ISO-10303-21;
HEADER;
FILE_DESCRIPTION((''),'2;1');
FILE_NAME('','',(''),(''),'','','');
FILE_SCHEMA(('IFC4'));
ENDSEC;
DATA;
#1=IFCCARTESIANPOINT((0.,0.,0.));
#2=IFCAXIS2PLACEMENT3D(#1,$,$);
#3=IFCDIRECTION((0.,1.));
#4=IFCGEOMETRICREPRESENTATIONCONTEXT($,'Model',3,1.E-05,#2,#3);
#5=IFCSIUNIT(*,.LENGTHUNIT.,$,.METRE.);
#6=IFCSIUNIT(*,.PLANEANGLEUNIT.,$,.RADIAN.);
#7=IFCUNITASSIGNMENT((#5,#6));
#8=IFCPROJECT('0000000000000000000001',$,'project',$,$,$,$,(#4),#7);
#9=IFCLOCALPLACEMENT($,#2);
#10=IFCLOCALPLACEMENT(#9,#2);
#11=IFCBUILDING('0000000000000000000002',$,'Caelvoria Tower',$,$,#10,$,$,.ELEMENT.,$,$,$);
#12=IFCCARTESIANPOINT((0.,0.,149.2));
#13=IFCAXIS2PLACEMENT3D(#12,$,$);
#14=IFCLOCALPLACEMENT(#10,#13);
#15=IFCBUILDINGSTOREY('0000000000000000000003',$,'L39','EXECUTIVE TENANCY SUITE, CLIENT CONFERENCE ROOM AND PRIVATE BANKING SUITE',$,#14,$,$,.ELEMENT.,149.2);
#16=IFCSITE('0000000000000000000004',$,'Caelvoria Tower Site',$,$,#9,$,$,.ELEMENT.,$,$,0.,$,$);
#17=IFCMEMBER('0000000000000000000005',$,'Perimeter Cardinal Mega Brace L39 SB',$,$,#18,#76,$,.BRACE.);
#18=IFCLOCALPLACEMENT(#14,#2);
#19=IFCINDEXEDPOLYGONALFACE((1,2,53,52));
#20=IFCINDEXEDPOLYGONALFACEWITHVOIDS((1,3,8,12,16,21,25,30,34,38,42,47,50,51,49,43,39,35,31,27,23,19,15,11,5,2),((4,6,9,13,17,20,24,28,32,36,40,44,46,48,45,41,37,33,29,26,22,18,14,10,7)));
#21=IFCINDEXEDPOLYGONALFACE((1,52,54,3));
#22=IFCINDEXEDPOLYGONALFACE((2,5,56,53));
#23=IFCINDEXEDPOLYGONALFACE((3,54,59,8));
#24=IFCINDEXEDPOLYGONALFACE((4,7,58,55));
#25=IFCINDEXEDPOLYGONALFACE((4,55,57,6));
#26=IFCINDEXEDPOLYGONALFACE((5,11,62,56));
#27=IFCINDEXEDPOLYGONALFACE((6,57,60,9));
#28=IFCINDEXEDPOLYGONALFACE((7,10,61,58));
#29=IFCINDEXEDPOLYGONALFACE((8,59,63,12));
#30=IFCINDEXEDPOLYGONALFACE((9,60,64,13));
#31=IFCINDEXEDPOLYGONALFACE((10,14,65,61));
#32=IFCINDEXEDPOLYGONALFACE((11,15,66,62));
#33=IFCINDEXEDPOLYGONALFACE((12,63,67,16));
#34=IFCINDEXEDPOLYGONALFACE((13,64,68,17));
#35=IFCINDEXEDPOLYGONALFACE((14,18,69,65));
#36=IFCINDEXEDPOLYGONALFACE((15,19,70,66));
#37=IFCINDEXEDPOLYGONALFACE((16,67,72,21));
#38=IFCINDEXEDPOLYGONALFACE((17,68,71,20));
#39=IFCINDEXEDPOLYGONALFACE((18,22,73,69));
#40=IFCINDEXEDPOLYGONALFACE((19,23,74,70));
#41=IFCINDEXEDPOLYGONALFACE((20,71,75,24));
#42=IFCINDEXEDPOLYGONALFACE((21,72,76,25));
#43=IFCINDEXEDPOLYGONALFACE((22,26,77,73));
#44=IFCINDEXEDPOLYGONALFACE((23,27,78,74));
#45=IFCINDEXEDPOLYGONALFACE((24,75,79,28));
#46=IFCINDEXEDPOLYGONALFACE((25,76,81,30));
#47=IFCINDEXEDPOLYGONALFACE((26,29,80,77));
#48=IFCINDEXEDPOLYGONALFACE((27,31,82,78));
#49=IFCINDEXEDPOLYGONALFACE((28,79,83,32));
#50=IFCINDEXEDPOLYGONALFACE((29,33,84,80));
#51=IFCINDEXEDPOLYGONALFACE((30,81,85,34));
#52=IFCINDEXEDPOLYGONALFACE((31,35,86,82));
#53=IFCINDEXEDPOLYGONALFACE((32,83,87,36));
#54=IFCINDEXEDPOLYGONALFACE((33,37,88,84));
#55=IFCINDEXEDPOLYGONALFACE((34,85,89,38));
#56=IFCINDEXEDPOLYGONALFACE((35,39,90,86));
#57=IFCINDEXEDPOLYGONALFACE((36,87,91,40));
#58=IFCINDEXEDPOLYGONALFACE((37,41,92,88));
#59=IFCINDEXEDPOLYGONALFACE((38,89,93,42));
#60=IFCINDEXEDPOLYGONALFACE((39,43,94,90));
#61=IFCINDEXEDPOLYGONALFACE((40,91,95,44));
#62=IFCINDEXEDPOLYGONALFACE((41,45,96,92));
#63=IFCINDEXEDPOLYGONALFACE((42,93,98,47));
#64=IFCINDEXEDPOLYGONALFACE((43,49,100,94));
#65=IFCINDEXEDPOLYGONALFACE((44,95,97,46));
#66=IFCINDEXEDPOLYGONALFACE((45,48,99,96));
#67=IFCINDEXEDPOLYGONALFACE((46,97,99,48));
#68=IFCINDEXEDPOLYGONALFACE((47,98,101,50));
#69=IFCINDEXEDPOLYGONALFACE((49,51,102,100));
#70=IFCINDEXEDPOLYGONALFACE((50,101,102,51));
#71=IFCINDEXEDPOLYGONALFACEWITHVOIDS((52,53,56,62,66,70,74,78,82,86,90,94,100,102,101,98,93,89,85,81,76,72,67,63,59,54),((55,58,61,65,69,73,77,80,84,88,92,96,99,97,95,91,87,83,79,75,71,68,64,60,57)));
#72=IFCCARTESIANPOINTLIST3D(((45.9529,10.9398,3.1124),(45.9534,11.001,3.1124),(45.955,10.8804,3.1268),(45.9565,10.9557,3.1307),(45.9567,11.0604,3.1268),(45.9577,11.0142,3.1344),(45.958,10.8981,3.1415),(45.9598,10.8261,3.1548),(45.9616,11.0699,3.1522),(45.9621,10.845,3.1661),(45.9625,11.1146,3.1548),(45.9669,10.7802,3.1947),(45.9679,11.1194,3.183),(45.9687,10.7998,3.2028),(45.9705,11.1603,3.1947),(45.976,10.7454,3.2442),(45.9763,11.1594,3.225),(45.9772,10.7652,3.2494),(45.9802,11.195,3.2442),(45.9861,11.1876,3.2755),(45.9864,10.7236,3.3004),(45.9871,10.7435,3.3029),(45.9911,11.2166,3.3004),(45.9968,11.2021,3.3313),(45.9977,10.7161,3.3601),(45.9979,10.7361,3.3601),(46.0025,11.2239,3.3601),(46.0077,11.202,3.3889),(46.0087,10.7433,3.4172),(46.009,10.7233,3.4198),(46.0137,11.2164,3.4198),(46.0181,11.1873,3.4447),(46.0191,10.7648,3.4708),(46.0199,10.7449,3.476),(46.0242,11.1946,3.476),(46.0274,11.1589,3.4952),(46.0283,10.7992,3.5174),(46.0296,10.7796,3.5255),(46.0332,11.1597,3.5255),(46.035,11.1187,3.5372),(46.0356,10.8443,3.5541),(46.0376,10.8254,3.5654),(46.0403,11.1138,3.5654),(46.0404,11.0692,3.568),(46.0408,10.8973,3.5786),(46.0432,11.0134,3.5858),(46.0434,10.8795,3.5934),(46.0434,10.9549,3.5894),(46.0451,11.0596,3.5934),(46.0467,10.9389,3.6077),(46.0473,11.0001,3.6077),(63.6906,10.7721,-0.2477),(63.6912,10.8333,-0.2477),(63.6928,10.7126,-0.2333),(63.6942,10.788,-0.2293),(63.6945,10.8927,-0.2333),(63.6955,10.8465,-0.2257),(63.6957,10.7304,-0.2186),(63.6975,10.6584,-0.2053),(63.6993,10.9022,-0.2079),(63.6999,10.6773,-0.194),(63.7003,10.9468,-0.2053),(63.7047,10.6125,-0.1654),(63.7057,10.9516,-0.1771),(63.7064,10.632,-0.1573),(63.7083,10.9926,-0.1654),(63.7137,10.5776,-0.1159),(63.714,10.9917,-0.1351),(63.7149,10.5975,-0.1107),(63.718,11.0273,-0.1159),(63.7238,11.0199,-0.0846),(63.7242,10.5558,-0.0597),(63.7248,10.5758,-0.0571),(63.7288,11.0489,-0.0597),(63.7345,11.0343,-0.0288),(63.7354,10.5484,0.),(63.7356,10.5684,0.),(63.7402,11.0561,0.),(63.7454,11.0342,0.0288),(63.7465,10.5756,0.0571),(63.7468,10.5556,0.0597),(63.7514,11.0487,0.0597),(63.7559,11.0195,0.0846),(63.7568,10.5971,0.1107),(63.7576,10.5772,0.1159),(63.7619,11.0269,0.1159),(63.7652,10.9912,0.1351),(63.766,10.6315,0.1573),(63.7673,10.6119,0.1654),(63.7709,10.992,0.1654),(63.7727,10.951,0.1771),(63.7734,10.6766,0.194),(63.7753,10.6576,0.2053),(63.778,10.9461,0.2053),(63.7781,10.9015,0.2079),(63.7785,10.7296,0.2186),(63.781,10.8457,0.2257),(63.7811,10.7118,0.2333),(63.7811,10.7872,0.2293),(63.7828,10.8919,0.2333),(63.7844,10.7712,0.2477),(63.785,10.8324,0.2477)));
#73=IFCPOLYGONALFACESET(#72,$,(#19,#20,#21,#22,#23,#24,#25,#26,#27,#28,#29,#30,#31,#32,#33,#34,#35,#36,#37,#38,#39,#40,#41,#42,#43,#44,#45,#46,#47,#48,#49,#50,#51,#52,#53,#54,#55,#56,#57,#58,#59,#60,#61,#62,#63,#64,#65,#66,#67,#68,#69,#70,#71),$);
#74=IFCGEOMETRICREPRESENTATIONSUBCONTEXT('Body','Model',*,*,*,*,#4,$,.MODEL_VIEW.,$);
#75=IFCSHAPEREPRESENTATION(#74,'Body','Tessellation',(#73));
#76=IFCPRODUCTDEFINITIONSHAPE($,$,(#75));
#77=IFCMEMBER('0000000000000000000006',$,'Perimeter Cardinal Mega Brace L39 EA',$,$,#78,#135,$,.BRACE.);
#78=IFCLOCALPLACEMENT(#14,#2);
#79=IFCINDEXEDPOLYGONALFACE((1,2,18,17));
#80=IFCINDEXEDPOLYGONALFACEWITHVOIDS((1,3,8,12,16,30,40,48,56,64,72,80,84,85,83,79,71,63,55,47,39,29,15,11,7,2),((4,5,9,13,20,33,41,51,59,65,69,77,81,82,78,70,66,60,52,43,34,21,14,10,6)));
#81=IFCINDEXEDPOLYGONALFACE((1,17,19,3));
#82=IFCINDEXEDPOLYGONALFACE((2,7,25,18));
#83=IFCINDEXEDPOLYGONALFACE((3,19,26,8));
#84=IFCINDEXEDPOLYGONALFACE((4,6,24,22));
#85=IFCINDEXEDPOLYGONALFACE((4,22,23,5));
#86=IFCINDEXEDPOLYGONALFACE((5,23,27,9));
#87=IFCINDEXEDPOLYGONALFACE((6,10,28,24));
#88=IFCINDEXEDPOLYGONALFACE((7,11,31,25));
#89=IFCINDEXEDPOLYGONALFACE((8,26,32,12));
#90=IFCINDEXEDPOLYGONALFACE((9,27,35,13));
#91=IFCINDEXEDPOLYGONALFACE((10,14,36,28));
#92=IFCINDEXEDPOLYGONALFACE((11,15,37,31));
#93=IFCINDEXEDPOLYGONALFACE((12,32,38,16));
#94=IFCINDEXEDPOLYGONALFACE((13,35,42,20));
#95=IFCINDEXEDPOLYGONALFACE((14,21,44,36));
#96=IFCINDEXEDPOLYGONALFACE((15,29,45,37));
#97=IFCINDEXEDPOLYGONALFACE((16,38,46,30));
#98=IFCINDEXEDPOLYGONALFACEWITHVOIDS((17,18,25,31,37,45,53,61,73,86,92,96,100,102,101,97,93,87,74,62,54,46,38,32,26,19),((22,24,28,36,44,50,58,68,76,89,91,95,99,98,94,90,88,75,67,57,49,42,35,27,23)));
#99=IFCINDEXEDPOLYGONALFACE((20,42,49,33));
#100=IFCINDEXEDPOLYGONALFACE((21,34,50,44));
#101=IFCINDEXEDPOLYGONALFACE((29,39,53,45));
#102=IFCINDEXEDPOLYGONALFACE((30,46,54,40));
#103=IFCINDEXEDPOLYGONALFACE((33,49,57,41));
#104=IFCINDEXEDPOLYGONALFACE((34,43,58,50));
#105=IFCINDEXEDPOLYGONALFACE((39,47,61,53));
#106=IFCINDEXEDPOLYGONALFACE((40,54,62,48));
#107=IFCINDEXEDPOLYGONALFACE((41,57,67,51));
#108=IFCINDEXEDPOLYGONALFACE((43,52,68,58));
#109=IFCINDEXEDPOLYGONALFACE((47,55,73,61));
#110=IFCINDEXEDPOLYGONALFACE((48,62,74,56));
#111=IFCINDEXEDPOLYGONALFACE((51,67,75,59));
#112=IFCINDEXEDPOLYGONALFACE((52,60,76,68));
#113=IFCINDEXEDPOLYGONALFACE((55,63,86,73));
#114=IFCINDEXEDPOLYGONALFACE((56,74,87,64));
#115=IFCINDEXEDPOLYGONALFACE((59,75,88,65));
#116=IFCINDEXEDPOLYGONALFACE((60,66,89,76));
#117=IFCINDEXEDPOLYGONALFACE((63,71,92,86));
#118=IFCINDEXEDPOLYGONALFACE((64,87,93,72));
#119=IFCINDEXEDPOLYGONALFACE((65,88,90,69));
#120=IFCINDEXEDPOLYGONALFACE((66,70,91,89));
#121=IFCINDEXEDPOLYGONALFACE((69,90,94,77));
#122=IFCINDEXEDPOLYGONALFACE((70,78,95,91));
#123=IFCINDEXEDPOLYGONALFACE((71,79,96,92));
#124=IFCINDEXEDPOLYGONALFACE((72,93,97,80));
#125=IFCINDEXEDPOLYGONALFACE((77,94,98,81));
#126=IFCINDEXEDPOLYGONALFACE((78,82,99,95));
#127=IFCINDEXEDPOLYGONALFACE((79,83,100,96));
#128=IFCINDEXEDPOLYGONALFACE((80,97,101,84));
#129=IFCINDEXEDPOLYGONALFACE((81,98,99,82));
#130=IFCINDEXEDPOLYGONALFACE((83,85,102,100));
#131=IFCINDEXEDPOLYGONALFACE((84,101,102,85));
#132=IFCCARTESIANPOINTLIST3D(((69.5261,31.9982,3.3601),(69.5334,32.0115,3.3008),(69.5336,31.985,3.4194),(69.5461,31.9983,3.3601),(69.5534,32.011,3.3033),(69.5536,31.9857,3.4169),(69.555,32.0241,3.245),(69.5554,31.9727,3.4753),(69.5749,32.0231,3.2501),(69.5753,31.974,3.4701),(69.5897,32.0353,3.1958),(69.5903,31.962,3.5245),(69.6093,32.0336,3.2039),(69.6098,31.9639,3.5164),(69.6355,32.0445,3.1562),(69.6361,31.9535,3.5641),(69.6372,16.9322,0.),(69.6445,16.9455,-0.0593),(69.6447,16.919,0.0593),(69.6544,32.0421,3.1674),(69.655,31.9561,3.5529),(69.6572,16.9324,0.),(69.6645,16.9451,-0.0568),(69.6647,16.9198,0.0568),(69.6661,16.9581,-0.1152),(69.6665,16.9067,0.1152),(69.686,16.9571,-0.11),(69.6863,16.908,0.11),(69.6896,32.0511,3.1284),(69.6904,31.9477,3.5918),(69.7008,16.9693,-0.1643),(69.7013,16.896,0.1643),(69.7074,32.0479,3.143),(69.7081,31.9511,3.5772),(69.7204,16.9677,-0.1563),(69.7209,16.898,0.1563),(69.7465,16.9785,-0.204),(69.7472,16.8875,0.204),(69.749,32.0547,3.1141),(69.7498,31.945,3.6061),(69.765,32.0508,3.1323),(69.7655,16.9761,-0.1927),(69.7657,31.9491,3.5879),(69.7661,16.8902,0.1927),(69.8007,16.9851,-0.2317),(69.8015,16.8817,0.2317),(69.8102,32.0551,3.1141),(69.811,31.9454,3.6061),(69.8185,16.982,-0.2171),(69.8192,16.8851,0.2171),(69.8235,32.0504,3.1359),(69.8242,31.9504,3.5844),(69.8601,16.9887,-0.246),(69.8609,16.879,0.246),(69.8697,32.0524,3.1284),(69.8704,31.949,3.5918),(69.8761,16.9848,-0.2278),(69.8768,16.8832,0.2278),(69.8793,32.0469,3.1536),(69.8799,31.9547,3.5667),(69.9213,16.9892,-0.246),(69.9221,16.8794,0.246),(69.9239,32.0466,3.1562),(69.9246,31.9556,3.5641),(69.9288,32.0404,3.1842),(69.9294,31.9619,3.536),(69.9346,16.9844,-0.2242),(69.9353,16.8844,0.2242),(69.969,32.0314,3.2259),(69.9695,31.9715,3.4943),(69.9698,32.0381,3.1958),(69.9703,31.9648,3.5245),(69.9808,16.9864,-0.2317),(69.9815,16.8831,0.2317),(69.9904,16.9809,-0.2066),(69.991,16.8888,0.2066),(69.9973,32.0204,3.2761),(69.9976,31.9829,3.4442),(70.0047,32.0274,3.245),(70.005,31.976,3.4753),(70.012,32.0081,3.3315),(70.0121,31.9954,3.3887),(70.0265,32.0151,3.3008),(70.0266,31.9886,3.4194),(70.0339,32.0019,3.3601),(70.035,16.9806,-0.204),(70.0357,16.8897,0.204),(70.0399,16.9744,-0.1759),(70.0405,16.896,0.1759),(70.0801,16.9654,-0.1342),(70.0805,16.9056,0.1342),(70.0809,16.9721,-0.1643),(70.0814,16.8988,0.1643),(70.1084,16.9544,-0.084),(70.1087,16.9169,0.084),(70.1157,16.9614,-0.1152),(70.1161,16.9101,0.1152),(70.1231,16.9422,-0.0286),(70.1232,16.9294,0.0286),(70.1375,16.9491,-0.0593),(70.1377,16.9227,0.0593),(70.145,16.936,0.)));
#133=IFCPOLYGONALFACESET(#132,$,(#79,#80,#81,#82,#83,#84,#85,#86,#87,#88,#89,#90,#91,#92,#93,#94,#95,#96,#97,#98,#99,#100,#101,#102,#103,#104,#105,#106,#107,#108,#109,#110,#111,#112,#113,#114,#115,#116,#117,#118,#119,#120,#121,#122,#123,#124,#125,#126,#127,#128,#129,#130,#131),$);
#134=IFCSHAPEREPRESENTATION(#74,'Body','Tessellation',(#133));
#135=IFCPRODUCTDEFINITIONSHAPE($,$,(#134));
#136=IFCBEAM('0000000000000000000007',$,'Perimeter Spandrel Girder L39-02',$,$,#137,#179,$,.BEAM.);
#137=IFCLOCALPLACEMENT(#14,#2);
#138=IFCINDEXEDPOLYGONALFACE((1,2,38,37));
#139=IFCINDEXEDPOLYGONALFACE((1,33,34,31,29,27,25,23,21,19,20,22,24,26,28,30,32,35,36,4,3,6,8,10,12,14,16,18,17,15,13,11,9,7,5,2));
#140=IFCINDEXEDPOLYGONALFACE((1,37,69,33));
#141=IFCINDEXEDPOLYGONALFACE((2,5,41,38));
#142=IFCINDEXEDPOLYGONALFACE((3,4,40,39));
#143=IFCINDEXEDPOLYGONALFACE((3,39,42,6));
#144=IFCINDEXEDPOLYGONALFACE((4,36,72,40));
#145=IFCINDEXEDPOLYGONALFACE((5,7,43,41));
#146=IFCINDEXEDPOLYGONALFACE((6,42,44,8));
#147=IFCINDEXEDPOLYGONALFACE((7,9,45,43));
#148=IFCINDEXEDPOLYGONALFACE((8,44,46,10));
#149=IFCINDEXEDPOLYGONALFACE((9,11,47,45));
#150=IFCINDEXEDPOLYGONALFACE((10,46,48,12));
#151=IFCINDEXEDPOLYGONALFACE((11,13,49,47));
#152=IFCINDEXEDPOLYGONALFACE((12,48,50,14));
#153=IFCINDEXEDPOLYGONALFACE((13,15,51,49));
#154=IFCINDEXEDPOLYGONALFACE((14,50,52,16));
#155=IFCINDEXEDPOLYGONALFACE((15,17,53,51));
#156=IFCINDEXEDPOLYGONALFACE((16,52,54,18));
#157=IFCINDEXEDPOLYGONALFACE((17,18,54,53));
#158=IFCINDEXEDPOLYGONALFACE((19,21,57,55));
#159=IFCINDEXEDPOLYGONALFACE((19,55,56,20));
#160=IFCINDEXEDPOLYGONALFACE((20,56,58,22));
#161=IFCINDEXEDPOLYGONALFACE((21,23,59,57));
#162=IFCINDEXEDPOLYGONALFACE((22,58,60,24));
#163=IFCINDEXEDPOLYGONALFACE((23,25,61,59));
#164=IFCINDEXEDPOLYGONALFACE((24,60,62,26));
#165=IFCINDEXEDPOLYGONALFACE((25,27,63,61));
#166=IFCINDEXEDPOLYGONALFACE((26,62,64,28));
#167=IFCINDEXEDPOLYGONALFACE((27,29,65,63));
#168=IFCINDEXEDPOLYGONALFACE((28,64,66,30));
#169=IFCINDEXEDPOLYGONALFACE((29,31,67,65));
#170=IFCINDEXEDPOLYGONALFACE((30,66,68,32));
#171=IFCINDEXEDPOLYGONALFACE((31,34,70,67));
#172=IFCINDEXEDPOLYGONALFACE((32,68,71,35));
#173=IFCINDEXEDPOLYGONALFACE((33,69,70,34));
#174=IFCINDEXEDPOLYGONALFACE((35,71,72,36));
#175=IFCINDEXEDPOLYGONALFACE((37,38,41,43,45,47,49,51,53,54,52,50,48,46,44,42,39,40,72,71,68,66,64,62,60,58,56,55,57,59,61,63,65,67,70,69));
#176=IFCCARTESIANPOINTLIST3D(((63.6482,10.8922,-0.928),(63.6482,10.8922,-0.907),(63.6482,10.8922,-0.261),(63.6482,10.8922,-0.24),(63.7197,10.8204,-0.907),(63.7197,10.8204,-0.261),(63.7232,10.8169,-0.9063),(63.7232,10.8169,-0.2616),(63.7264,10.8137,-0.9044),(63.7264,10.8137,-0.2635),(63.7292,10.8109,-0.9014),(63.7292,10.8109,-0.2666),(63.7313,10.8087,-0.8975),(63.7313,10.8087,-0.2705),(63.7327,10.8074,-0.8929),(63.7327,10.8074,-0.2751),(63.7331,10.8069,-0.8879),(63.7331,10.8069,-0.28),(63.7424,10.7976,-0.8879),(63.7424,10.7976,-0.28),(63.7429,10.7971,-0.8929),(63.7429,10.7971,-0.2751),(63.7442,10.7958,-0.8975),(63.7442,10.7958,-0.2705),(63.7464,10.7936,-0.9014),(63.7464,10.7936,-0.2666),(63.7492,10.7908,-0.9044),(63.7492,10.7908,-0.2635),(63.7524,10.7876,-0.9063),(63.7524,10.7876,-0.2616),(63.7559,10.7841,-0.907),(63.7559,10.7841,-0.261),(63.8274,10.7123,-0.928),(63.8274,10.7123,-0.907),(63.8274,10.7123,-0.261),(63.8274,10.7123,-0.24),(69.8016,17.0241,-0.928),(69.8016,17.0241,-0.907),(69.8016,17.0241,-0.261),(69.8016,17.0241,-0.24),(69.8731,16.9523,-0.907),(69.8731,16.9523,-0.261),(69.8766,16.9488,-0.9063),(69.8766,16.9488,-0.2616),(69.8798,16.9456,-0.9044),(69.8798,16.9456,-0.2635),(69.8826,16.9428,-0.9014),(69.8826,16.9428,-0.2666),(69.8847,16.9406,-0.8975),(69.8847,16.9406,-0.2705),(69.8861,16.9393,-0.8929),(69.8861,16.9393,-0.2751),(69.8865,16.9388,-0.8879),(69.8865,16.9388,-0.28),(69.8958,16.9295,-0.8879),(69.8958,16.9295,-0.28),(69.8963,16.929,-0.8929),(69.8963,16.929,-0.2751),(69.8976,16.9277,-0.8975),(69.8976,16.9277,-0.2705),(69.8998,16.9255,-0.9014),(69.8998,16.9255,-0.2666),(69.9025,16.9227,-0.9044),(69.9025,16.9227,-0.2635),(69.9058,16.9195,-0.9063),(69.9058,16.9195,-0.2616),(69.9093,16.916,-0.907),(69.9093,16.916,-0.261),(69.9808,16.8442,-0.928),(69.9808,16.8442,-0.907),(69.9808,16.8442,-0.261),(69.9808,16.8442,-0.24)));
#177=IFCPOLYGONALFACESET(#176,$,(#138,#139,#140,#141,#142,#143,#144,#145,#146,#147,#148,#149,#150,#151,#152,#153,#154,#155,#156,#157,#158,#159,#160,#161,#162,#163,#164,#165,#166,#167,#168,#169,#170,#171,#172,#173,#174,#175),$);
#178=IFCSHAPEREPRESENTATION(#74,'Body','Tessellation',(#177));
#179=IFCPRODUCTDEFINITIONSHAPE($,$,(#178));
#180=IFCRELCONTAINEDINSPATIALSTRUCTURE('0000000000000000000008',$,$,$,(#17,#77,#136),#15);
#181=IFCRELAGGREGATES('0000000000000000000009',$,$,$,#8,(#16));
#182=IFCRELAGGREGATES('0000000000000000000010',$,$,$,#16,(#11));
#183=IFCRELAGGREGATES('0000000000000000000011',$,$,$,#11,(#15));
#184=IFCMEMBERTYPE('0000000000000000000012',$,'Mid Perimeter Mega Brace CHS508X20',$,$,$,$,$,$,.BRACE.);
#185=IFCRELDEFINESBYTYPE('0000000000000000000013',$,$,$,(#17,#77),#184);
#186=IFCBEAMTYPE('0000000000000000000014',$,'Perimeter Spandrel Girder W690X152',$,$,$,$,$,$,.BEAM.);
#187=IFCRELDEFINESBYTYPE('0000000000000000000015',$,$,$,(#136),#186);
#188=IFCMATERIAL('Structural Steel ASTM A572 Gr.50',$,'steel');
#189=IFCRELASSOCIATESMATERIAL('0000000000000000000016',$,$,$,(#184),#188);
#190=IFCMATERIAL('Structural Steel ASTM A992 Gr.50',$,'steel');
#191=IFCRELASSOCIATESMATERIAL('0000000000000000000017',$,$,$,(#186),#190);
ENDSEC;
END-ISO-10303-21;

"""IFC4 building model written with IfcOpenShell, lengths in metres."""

from ifc_helpers import new_model, si_unit, direction, frame, origin, origin_2d, place, context, subcontext, project, spatial, hollow_circle, i_section, extrude, material, material_profile, profile_set, type_object, element, save


model = new_model("IFC4")

# Units and contexts
model_context = context("Model", 3, precision=1e-05, world=origin(), true_north=direction((0.0, 1.0)))
body_context = subcontext(model_context, "Body", "Model", "MODEL_VIEW")
ifc_project = project(units=[si_unit("LENGTHUNIT", "METRE"), si_unit("PLANEANGLEUNIT", "RADIAN")], contexts=[model_context])

# Site, building, storey
site_placement = place(None, origin())
site = spatial("IfcSite", under=ifc_project, at=site_placement, Name="Caelvoria Tower Site", CompositionType="ELEMENT", RefElevation=0.0)
building_placement = place(site_placement, origin())
building = spatial("IfcBuilding", under=site, at=building_placement, Name="Caelvoria Tower", CompositionType="ELEMENT")
storey_placement = place(building_placement, frame((0.0, 0.0, 149.2)))
storey = spatial("IfcBuildingStorey", under=building, at=storey_placement, Name="L39", Description="EXECUTIVE TENANCY SUITE, CLIENT CONFERENCE ROOM AND PRIVATE BANKING SUITE", CompositionType="ELEMENT", Elevation=149.2)

# Shared definitions
ifc_material_1 = material(Name="Structural Steel ASTM A572 Gr.50", Category="steel")
ifc_material_2 = material(Name="Structural Steel ASTM A992 Gr.50", Category="steel")

# Members
ifc_material_profile_1 = material_profile(ifc_material_1, hollow_circle(Radius=0.2539, WallThickness=0.02, at=origin_2d()), Name="Structural Steel ASTM A572 Gr.50")
ifc_profile_set_1 = profile_set([ifc_material_profile_1], Name="CHS508X20 - Structural Steel ASTM A572 Gr.50")
member_type = type_object("IfcMemberType", Name="Mid Perimeter Mega Brace CHS508X20", PredefinedType="BRACE", material=ifc_profile_set_1)
member_1_placement = place(storey_placement, frame((63.7378, 10.8022, 0.0), z_axis=(-0.982484, 0.00929, 0.186114), x_axis=(-0.009455, -0.999955, 0.0)))
element("IfcMember", 1, at=member_1_placement, inside=storey, type_object=member_type, Name="Perimeter Cardinal Mega Brace L39 SB", PredefinedType="BRACE", context=body_context, shape_type="SweptSolid", body=[
    extrude(hollow_circle(Radius=0.2539, WallThickness=0.02, at=origin_2d()), origin(), (0.0, 0.0, 1.0), 18.054),
])
member_2_placement = place(storey_placement, frame((69.8911, 16.9341, 0.0), z_axis=(-0.007196, 0.975995, 0.217673), x_axis=(-0.999973, -0.007373, 0.0)))
element("IfcMember", 2, at=member_2_placement, inside=storey, type_object=member_type, Name="Perimeter Cardinal Mega Brace L39 EA", PredefinedType="BRACE", context=body_context, shape_type="SweptSolid", body=[
    extrude(hollow_circle(Radius=0.2539, WallThickness=0.02, at=origin_2d()), origin(), (0.0, 0.0, 1.0), 15.4365),
])

# Beam
ifc_material_profile_2 = material_profile(ifc_material_2, i_section(OverallWidth=0.2539, OverallDepth=0.688, WebThickness=0.0132, FlangeThickness=0.021, FilletRadius=0.019, at=origin_2d()), Name="Structural Steel ASTM A992 Gr.50")
ifc_profile_set_2 = profile_set([ifc_material_profile_2], Name="W690X152 - Structural Steel ASTM A992 Gr.50")
beam_type = type_object("IfcBeamType", Name="Perimeter Spandrel Girder W690X152", PredefinedType="BEAM", material=ifc_profile_set_2)
beam_placement = place(storey_placement, frame((63.7378, 10.8022, -0.584), z_axis=(0.708342, 0.705869, 0.0), x_axis=(-0.705869, 0.708342, 0.0)))
element("IfcBeam", 3, at=beam_placement, inside=storey, type_object=beam_type, Name="Perimeter Spandrel Girder L39-02", PredefinedType="BEAM", context=body_context, shape_type="SweptSolid", body=[
    extrude(i_section(OverallWidth=0.2539, OverallDepth=0.688, WebThickness=0.0132, FlangeThickness=0.021, FilletRadius=0.019, at=origin_2d()), origin(), (0.0, 0.0, 1.0), 8.687),
])

save(model, "model.ifc")
